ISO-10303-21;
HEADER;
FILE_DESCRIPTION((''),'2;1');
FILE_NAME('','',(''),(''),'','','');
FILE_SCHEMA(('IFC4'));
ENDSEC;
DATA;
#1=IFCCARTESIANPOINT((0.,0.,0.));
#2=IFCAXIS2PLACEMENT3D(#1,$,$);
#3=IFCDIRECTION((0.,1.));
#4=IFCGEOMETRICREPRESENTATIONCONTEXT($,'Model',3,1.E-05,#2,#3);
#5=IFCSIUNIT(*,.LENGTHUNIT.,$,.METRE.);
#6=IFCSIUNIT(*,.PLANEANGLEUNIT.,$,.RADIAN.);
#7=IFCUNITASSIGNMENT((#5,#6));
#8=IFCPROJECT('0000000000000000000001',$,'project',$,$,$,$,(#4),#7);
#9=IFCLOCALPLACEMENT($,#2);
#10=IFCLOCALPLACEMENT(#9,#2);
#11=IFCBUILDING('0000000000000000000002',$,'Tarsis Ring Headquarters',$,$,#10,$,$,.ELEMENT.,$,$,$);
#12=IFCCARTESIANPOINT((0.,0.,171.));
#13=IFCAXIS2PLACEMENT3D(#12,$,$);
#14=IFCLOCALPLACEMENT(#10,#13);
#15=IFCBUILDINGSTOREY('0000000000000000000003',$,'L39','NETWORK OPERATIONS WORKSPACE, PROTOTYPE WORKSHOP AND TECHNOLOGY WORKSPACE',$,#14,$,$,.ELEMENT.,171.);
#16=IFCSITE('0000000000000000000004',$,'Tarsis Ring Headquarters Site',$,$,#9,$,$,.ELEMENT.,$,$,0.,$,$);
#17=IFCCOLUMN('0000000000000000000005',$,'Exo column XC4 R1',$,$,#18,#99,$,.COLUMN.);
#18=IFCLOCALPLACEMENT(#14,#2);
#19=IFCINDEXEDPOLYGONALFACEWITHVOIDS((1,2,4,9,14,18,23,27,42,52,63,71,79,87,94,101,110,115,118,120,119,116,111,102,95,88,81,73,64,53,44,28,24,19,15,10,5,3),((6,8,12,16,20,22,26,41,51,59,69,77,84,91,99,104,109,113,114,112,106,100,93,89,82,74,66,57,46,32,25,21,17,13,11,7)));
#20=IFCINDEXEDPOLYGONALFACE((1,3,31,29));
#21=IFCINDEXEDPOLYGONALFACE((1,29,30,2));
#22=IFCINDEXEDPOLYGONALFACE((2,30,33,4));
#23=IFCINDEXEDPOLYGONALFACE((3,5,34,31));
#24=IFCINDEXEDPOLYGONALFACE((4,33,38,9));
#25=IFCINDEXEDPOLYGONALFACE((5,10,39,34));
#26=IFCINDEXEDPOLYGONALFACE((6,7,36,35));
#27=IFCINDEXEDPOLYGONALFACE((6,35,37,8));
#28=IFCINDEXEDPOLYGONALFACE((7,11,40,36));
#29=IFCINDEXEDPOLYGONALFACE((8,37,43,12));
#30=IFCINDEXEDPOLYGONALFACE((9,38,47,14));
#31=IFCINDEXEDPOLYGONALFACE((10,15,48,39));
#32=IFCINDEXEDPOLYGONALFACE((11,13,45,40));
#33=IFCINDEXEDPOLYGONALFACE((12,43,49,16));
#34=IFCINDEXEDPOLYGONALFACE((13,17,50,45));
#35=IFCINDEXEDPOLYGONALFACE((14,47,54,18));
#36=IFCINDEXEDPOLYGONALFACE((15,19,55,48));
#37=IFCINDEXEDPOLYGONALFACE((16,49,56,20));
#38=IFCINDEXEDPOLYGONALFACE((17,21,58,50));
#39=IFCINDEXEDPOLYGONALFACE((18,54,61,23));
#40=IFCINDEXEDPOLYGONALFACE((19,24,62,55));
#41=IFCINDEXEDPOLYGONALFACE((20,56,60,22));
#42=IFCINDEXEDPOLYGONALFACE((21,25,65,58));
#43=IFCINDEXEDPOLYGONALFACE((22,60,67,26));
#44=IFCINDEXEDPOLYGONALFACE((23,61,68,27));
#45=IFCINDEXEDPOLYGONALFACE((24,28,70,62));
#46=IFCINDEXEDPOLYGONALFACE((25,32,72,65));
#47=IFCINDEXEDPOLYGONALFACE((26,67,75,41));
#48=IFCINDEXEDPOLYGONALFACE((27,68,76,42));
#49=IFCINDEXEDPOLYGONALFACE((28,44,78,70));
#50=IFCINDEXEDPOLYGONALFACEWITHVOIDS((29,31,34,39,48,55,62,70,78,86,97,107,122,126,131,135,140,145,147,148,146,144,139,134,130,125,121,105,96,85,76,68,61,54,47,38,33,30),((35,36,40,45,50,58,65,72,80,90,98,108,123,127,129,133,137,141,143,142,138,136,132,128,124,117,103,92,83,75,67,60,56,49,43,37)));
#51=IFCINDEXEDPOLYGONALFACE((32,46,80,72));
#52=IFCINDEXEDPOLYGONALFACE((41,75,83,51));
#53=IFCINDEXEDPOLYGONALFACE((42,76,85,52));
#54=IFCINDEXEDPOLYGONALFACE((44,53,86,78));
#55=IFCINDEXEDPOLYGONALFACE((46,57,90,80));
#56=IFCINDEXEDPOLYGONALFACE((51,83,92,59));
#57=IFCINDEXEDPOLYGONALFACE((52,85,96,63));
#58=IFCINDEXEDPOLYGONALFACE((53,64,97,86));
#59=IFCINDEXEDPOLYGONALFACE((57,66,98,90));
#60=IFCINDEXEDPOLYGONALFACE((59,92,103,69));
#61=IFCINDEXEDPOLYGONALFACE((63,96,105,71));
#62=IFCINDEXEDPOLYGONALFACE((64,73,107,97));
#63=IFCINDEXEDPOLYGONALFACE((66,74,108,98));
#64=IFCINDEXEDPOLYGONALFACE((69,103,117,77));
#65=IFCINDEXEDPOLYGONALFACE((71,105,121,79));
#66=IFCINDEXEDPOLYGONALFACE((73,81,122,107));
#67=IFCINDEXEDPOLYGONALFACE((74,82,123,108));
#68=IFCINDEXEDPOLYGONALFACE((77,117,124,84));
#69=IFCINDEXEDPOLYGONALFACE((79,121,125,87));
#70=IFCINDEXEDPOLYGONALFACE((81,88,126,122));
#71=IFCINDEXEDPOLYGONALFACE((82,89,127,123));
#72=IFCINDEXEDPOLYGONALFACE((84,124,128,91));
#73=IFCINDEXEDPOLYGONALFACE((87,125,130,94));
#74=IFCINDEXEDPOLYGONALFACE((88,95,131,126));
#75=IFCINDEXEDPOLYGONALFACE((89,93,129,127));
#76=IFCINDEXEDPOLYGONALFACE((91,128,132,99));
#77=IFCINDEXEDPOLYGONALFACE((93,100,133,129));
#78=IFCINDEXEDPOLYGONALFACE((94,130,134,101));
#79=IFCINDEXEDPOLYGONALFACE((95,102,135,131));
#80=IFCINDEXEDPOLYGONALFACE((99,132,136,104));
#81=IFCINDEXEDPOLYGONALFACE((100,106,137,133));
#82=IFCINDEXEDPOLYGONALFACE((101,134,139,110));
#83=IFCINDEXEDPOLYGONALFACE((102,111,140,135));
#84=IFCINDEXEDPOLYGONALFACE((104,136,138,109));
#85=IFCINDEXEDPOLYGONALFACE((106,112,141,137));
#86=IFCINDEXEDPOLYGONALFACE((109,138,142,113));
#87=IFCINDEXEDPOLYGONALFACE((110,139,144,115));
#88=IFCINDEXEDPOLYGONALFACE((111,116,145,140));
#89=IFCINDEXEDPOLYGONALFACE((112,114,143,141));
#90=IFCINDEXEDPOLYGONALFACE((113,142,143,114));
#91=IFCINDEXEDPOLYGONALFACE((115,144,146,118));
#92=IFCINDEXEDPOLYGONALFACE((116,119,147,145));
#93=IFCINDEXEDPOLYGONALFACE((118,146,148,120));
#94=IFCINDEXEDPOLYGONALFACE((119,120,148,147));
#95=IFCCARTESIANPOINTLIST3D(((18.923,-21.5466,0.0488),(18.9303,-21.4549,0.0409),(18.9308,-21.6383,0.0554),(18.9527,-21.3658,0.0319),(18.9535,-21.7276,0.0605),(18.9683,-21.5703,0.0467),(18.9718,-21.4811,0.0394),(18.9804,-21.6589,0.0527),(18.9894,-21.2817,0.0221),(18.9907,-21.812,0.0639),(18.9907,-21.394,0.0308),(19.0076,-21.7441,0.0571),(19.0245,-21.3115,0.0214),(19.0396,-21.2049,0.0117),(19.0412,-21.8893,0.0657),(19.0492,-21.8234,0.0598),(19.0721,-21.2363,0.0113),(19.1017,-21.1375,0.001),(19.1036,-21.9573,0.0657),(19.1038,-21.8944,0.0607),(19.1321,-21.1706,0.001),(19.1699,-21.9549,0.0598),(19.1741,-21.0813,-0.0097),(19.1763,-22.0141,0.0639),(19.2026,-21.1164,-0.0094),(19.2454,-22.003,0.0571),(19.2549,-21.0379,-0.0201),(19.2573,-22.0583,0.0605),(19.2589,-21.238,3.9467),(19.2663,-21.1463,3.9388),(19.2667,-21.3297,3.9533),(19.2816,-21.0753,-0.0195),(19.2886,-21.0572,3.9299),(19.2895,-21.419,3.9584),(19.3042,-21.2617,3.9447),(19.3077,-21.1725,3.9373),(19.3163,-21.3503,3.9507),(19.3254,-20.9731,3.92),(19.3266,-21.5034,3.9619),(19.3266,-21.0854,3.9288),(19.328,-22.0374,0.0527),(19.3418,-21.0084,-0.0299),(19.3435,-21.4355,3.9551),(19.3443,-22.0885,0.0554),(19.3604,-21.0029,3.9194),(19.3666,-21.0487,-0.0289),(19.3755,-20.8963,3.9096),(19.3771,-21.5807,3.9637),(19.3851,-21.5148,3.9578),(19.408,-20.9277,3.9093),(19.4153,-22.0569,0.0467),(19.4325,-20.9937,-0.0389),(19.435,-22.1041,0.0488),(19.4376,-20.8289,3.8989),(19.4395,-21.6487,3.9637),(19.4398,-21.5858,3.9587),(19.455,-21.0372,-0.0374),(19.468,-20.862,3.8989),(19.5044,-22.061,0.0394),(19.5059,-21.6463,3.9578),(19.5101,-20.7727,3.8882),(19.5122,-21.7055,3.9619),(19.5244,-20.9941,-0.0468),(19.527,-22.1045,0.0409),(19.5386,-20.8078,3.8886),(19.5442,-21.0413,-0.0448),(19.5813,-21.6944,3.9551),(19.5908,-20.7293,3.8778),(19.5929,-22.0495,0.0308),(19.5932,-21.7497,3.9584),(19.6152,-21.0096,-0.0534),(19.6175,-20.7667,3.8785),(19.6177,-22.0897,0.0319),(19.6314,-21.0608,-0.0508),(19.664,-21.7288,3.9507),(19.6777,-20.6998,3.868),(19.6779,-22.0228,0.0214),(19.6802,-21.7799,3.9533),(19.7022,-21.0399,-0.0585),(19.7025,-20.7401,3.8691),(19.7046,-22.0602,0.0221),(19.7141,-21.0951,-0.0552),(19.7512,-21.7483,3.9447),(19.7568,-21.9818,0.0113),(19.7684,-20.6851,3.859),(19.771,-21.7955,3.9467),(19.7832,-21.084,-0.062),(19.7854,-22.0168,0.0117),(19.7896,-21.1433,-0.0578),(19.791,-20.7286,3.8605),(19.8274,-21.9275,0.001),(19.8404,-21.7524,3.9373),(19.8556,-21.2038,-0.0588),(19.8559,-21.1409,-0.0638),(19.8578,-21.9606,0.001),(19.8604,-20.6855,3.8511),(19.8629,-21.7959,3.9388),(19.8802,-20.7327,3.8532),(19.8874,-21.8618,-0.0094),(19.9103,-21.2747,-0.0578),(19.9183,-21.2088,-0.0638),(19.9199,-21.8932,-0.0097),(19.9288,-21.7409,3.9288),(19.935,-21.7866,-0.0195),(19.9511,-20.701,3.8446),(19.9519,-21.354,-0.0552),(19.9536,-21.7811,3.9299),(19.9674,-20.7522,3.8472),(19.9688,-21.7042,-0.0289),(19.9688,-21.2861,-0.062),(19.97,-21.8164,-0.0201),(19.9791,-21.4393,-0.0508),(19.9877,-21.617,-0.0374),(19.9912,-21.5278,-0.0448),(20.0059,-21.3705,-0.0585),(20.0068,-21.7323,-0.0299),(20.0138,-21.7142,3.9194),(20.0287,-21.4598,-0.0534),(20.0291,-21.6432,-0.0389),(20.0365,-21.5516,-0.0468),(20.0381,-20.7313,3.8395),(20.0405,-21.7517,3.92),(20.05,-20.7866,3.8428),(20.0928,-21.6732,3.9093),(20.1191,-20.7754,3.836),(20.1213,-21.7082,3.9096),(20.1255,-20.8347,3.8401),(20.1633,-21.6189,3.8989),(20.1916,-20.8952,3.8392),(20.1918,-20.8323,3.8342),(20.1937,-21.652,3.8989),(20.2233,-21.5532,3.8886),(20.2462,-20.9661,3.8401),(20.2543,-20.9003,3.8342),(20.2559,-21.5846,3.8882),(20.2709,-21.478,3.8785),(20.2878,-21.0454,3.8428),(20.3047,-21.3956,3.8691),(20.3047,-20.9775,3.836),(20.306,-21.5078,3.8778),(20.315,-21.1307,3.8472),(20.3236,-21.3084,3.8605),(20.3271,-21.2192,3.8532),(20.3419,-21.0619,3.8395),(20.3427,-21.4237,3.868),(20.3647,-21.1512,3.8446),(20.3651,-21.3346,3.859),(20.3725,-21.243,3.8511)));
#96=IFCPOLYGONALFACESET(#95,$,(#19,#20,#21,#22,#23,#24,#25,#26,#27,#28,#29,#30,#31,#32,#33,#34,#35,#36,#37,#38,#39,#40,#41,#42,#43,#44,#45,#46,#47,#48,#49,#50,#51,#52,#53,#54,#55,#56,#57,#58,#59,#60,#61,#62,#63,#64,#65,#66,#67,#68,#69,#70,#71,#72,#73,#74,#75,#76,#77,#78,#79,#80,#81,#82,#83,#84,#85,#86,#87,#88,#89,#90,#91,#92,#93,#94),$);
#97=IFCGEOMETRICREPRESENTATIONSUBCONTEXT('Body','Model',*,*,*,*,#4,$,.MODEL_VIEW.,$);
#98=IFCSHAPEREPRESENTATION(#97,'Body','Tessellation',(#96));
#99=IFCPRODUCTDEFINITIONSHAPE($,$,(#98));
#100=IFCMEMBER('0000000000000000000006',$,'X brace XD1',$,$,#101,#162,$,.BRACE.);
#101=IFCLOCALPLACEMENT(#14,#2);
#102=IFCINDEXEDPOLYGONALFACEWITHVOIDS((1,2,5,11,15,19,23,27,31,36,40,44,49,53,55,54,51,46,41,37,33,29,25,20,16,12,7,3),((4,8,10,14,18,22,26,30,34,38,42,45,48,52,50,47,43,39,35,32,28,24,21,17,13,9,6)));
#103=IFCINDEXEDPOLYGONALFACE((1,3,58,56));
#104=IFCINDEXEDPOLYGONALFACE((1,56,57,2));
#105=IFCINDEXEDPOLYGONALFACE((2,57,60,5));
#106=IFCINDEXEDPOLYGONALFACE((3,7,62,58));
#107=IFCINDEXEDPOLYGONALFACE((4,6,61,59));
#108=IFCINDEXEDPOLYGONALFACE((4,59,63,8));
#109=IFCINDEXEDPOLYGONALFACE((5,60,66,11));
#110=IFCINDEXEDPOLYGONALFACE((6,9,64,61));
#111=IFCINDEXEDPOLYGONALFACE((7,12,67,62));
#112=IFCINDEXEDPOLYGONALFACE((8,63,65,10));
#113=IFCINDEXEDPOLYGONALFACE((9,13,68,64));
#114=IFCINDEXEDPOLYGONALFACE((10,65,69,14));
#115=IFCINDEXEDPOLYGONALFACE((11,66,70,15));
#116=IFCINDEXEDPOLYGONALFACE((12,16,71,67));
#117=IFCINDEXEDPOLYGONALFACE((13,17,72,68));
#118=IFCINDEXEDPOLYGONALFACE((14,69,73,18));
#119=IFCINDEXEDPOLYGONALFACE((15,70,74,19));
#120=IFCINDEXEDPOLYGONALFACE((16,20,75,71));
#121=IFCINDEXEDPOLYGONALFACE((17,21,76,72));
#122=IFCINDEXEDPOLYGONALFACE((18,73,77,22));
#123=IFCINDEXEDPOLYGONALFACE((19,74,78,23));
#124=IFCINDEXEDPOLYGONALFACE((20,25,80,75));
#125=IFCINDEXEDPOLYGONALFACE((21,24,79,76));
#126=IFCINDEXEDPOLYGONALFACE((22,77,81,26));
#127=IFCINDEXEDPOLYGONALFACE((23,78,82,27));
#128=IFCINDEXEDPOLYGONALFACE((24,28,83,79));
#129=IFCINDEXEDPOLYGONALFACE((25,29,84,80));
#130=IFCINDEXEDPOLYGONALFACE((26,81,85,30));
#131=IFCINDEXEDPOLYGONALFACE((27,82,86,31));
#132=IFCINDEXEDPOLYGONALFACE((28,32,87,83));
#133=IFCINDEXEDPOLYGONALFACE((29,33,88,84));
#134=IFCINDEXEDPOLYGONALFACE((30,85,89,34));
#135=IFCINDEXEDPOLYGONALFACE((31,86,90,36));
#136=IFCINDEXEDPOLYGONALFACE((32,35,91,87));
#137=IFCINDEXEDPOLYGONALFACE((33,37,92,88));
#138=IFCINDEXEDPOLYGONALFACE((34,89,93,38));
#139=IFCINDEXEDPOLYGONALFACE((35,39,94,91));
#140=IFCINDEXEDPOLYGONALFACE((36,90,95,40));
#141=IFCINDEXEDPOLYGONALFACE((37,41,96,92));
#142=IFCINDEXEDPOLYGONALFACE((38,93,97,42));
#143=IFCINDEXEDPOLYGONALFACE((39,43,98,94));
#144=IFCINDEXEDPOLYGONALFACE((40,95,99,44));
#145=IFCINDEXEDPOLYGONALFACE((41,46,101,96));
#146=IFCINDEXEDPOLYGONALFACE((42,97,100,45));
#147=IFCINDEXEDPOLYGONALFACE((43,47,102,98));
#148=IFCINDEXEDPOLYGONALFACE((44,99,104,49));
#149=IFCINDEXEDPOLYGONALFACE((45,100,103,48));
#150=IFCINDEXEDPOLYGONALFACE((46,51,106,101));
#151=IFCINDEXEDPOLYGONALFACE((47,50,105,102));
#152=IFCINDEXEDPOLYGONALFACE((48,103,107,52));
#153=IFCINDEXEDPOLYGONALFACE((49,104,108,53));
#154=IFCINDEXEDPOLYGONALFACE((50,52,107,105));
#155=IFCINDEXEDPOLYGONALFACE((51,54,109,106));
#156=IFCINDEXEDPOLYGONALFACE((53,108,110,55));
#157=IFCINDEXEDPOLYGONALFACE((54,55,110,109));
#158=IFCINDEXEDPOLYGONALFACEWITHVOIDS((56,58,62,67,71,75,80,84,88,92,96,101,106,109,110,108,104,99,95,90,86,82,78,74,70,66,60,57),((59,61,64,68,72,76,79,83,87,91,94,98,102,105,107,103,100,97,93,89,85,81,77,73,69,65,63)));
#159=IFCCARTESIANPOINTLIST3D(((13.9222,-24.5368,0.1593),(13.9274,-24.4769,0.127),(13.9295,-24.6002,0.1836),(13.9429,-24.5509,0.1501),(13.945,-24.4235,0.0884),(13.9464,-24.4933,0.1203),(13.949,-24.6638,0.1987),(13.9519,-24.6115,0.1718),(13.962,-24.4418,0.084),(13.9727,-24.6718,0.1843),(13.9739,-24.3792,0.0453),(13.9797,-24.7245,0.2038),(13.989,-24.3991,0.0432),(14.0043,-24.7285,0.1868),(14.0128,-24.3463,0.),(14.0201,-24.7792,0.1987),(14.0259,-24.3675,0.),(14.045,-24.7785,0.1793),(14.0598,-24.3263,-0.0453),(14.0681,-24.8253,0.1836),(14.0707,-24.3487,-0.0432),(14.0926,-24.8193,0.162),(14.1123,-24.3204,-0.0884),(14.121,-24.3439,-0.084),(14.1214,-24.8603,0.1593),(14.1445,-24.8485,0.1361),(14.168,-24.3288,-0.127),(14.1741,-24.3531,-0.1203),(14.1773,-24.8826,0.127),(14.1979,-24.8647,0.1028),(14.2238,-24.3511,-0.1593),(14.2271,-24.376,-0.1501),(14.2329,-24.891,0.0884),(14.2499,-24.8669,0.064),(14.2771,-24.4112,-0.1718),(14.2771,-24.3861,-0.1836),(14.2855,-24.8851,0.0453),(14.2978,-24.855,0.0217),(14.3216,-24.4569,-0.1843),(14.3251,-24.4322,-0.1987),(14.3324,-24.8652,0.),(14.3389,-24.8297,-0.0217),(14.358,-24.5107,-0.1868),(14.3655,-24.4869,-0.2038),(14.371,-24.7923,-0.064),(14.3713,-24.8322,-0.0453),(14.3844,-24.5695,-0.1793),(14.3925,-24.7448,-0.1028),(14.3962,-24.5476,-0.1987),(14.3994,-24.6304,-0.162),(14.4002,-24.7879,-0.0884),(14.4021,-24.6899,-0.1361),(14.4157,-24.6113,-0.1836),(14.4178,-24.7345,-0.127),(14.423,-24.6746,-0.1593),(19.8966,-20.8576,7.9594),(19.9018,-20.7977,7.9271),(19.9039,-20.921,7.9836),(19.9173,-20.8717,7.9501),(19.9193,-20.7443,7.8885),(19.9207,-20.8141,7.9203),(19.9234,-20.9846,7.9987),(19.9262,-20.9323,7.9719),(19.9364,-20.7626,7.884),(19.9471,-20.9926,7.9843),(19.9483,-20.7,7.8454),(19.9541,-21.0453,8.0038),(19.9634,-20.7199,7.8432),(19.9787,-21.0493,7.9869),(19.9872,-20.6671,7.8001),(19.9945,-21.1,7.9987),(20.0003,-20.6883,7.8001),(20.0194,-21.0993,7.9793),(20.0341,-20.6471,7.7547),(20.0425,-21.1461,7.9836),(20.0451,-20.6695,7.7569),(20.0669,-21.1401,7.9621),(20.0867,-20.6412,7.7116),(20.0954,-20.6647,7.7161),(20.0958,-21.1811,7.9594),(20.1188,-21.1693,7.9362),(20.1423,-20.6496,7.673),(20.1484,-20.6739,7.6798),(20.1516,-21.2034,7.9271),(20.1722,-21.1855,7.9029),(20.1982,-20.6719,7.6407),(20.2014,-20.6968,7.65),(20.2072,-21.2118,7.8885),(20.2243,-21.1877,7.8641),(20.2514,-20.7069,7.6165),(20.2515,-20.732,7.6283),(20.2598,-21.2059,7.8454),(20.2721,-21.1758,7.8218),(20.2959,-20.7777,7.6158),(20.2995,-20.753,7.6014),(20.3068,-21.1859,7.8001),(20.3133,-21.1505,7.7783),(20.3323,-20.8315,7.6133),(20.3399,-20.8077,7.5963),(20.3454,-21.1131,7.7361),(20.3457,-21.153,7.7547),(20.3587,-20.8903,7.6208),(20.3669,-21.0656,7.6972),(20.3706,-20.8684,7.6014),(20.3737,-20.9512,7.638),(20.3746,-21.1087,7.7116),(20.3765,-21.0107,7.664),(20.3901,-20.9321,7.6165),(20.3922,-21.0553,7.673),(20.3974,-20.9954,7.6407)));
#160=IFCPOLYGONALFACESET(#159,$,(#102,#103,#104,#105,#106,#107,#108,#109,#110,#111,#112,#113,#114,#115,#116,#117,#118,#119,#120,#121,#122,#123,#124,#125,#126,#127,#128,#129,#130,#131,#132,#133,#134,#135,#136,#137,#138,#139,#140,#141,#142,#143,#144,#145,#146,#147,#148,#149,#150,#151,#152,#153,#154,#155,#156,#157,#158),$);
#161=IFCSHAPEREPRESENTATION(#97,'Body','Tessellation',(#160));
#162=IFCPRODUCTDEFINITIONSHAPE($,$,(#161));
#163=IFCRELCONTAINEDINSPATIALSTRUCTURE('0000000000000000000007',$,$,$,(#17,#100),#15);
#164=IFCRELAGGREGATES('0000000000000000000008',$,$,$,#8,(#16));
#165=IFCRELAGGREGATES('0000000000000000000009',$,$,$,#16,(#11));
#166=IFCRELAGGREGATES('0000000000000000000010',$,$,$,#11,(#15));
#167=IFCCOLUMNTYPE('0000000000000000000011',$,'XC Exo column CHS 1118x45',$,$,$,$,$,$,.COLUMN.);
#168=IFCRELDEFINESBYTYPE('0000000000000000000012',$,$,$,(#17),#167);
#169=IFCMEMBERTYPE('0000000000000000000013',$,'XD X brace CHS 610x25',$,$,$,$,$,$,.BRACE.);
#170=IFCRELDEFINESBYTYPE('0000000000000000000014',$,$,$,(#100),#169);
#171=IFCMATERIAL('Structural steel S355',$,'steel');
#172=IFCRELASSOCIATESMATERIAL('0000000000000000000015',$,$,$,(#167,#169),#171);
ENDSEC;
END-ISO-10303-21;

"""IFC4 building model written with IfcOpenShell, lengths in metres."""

from ifc_helpers import new_model, si_unit, direction, frame, origin, origin_2d, place, context, subcontext, project, spatial, hollow_circle, extrude, material, material_profile, profile_set, type_object, element, save


model = new_model("IFC4")

# Units and contexts
model_context = context("Model", 3, precision=1e-05, world=origin(), true_north=direction((0.0, 1.0)))
body_context = subcontext(model_context, "Body", "Model", "MODEL_VIEW")
ifc_project = project(units=[si_unit("LENGTHUNIT", "METRE"), si_unit("PLANEANGLEUNIT", "RADIAN")], contexts=[model_context])

# Site, building, storey
site_placement = place(None, origin())
site = spatial("IfcSite", under=ifc_project, at=site_placement, Name="Tarsis Ring Headquarters Site", CompositionType="ELEMENT", RefElevation=0.0)
building_placement = place(site_placement, origin())
building = spatial("IfcBuilding", under=site, at=building_placement, Name="Tarsis Ring Headquarters", CompositionType="ELEMENT")
storey_placement = place(building_placement, frame((0.0, 0.0, 171.0)))
storey = spatial("IfcBuildingStorey", under=building, at=storey_placement, Name="L39", Description="NETWORK OPERATIONS WORKSPACE, PROTOTYPE WORKSHOP AND TECHNOLOGY WORKSPACE", CompositionType="ELEMENT", Elevation=171.0)

# Column
ifc_material_1 = material(Name="Structural steel S355", Category="steel")
ifc_material_profile_1 = material_profile(ifc_material_1, hollow_circle(Radius=0.5588, WallThickness=0.0449, at=origin_2d()), Name="CHS 1118x45")
ifc_profile_set_1 = profile_set([ifc_material_profile_1], Name="Structural steel S355")
column_type = type_object("IfcColumnType", Name="XC Exo column CHS 1118x45", PredefinedType="COLUMN", material=ifc_profile_set_1)
for number, where, z_axis, x_axis, name in (
    (1, (19.4797, -21.5491, 0.001), (0.085599, 0.078632, 0.993222), (-0.6765, 0.736443, 0.0), "Exo column XC4 R1"),
):
    element("IfcColumn", number, at=place(storey_placement, frame(where, z_axis=z_axis, x_axis=x_axis)), inside=storey, type_object=column_type, Name=name, PredefinedType="COLUMN", context=body_context, shape_type="SweptSolid", body=[
        extrude(hollow_circle(Radius=0.5588, WallThickness=0.0449, at=origin_2d()), origin(), (0.0, 0.0, 1.0), 3.9246),
    ])

# Member
ifc_material_profile_2 = material_profile(ifc_material_1, hollow_circle(Radius=0.3047, WallThickness=0.0249, at=origin_2d()), Name="CHS 610x25")
ifc_profile_set_2 = profile_set([ifc_material_profile_2], Name="Structural steel S355")
member_type = type_object("IfcMemberType", Name="XD X brace CHS 610x25", PredefinedType="BRACE", material=ifc_profile_set_2)
member_1_placement = place(storey_placement, frame((14.1726, -24.6057, 0.0), z_axis=(0.569451, 0.350686, 0.743468), x_axis=(-0.524373, 0.851489, 0.0)))
element("IfcMember", 2, at=member_1_placement, inside=storey, type_object=member_type, Name="X brace XD1", PredefinedType="BRACE", context=body_context, shape_type="SweptSolid", body=[
    extrude(hollow_circle(Radius=0.3047, WallThickness=0.0249, at=origin_2d()), origin(), (0.0, 0.0, 1.0), 10.4915),
])

save(model, "model.ifc")
